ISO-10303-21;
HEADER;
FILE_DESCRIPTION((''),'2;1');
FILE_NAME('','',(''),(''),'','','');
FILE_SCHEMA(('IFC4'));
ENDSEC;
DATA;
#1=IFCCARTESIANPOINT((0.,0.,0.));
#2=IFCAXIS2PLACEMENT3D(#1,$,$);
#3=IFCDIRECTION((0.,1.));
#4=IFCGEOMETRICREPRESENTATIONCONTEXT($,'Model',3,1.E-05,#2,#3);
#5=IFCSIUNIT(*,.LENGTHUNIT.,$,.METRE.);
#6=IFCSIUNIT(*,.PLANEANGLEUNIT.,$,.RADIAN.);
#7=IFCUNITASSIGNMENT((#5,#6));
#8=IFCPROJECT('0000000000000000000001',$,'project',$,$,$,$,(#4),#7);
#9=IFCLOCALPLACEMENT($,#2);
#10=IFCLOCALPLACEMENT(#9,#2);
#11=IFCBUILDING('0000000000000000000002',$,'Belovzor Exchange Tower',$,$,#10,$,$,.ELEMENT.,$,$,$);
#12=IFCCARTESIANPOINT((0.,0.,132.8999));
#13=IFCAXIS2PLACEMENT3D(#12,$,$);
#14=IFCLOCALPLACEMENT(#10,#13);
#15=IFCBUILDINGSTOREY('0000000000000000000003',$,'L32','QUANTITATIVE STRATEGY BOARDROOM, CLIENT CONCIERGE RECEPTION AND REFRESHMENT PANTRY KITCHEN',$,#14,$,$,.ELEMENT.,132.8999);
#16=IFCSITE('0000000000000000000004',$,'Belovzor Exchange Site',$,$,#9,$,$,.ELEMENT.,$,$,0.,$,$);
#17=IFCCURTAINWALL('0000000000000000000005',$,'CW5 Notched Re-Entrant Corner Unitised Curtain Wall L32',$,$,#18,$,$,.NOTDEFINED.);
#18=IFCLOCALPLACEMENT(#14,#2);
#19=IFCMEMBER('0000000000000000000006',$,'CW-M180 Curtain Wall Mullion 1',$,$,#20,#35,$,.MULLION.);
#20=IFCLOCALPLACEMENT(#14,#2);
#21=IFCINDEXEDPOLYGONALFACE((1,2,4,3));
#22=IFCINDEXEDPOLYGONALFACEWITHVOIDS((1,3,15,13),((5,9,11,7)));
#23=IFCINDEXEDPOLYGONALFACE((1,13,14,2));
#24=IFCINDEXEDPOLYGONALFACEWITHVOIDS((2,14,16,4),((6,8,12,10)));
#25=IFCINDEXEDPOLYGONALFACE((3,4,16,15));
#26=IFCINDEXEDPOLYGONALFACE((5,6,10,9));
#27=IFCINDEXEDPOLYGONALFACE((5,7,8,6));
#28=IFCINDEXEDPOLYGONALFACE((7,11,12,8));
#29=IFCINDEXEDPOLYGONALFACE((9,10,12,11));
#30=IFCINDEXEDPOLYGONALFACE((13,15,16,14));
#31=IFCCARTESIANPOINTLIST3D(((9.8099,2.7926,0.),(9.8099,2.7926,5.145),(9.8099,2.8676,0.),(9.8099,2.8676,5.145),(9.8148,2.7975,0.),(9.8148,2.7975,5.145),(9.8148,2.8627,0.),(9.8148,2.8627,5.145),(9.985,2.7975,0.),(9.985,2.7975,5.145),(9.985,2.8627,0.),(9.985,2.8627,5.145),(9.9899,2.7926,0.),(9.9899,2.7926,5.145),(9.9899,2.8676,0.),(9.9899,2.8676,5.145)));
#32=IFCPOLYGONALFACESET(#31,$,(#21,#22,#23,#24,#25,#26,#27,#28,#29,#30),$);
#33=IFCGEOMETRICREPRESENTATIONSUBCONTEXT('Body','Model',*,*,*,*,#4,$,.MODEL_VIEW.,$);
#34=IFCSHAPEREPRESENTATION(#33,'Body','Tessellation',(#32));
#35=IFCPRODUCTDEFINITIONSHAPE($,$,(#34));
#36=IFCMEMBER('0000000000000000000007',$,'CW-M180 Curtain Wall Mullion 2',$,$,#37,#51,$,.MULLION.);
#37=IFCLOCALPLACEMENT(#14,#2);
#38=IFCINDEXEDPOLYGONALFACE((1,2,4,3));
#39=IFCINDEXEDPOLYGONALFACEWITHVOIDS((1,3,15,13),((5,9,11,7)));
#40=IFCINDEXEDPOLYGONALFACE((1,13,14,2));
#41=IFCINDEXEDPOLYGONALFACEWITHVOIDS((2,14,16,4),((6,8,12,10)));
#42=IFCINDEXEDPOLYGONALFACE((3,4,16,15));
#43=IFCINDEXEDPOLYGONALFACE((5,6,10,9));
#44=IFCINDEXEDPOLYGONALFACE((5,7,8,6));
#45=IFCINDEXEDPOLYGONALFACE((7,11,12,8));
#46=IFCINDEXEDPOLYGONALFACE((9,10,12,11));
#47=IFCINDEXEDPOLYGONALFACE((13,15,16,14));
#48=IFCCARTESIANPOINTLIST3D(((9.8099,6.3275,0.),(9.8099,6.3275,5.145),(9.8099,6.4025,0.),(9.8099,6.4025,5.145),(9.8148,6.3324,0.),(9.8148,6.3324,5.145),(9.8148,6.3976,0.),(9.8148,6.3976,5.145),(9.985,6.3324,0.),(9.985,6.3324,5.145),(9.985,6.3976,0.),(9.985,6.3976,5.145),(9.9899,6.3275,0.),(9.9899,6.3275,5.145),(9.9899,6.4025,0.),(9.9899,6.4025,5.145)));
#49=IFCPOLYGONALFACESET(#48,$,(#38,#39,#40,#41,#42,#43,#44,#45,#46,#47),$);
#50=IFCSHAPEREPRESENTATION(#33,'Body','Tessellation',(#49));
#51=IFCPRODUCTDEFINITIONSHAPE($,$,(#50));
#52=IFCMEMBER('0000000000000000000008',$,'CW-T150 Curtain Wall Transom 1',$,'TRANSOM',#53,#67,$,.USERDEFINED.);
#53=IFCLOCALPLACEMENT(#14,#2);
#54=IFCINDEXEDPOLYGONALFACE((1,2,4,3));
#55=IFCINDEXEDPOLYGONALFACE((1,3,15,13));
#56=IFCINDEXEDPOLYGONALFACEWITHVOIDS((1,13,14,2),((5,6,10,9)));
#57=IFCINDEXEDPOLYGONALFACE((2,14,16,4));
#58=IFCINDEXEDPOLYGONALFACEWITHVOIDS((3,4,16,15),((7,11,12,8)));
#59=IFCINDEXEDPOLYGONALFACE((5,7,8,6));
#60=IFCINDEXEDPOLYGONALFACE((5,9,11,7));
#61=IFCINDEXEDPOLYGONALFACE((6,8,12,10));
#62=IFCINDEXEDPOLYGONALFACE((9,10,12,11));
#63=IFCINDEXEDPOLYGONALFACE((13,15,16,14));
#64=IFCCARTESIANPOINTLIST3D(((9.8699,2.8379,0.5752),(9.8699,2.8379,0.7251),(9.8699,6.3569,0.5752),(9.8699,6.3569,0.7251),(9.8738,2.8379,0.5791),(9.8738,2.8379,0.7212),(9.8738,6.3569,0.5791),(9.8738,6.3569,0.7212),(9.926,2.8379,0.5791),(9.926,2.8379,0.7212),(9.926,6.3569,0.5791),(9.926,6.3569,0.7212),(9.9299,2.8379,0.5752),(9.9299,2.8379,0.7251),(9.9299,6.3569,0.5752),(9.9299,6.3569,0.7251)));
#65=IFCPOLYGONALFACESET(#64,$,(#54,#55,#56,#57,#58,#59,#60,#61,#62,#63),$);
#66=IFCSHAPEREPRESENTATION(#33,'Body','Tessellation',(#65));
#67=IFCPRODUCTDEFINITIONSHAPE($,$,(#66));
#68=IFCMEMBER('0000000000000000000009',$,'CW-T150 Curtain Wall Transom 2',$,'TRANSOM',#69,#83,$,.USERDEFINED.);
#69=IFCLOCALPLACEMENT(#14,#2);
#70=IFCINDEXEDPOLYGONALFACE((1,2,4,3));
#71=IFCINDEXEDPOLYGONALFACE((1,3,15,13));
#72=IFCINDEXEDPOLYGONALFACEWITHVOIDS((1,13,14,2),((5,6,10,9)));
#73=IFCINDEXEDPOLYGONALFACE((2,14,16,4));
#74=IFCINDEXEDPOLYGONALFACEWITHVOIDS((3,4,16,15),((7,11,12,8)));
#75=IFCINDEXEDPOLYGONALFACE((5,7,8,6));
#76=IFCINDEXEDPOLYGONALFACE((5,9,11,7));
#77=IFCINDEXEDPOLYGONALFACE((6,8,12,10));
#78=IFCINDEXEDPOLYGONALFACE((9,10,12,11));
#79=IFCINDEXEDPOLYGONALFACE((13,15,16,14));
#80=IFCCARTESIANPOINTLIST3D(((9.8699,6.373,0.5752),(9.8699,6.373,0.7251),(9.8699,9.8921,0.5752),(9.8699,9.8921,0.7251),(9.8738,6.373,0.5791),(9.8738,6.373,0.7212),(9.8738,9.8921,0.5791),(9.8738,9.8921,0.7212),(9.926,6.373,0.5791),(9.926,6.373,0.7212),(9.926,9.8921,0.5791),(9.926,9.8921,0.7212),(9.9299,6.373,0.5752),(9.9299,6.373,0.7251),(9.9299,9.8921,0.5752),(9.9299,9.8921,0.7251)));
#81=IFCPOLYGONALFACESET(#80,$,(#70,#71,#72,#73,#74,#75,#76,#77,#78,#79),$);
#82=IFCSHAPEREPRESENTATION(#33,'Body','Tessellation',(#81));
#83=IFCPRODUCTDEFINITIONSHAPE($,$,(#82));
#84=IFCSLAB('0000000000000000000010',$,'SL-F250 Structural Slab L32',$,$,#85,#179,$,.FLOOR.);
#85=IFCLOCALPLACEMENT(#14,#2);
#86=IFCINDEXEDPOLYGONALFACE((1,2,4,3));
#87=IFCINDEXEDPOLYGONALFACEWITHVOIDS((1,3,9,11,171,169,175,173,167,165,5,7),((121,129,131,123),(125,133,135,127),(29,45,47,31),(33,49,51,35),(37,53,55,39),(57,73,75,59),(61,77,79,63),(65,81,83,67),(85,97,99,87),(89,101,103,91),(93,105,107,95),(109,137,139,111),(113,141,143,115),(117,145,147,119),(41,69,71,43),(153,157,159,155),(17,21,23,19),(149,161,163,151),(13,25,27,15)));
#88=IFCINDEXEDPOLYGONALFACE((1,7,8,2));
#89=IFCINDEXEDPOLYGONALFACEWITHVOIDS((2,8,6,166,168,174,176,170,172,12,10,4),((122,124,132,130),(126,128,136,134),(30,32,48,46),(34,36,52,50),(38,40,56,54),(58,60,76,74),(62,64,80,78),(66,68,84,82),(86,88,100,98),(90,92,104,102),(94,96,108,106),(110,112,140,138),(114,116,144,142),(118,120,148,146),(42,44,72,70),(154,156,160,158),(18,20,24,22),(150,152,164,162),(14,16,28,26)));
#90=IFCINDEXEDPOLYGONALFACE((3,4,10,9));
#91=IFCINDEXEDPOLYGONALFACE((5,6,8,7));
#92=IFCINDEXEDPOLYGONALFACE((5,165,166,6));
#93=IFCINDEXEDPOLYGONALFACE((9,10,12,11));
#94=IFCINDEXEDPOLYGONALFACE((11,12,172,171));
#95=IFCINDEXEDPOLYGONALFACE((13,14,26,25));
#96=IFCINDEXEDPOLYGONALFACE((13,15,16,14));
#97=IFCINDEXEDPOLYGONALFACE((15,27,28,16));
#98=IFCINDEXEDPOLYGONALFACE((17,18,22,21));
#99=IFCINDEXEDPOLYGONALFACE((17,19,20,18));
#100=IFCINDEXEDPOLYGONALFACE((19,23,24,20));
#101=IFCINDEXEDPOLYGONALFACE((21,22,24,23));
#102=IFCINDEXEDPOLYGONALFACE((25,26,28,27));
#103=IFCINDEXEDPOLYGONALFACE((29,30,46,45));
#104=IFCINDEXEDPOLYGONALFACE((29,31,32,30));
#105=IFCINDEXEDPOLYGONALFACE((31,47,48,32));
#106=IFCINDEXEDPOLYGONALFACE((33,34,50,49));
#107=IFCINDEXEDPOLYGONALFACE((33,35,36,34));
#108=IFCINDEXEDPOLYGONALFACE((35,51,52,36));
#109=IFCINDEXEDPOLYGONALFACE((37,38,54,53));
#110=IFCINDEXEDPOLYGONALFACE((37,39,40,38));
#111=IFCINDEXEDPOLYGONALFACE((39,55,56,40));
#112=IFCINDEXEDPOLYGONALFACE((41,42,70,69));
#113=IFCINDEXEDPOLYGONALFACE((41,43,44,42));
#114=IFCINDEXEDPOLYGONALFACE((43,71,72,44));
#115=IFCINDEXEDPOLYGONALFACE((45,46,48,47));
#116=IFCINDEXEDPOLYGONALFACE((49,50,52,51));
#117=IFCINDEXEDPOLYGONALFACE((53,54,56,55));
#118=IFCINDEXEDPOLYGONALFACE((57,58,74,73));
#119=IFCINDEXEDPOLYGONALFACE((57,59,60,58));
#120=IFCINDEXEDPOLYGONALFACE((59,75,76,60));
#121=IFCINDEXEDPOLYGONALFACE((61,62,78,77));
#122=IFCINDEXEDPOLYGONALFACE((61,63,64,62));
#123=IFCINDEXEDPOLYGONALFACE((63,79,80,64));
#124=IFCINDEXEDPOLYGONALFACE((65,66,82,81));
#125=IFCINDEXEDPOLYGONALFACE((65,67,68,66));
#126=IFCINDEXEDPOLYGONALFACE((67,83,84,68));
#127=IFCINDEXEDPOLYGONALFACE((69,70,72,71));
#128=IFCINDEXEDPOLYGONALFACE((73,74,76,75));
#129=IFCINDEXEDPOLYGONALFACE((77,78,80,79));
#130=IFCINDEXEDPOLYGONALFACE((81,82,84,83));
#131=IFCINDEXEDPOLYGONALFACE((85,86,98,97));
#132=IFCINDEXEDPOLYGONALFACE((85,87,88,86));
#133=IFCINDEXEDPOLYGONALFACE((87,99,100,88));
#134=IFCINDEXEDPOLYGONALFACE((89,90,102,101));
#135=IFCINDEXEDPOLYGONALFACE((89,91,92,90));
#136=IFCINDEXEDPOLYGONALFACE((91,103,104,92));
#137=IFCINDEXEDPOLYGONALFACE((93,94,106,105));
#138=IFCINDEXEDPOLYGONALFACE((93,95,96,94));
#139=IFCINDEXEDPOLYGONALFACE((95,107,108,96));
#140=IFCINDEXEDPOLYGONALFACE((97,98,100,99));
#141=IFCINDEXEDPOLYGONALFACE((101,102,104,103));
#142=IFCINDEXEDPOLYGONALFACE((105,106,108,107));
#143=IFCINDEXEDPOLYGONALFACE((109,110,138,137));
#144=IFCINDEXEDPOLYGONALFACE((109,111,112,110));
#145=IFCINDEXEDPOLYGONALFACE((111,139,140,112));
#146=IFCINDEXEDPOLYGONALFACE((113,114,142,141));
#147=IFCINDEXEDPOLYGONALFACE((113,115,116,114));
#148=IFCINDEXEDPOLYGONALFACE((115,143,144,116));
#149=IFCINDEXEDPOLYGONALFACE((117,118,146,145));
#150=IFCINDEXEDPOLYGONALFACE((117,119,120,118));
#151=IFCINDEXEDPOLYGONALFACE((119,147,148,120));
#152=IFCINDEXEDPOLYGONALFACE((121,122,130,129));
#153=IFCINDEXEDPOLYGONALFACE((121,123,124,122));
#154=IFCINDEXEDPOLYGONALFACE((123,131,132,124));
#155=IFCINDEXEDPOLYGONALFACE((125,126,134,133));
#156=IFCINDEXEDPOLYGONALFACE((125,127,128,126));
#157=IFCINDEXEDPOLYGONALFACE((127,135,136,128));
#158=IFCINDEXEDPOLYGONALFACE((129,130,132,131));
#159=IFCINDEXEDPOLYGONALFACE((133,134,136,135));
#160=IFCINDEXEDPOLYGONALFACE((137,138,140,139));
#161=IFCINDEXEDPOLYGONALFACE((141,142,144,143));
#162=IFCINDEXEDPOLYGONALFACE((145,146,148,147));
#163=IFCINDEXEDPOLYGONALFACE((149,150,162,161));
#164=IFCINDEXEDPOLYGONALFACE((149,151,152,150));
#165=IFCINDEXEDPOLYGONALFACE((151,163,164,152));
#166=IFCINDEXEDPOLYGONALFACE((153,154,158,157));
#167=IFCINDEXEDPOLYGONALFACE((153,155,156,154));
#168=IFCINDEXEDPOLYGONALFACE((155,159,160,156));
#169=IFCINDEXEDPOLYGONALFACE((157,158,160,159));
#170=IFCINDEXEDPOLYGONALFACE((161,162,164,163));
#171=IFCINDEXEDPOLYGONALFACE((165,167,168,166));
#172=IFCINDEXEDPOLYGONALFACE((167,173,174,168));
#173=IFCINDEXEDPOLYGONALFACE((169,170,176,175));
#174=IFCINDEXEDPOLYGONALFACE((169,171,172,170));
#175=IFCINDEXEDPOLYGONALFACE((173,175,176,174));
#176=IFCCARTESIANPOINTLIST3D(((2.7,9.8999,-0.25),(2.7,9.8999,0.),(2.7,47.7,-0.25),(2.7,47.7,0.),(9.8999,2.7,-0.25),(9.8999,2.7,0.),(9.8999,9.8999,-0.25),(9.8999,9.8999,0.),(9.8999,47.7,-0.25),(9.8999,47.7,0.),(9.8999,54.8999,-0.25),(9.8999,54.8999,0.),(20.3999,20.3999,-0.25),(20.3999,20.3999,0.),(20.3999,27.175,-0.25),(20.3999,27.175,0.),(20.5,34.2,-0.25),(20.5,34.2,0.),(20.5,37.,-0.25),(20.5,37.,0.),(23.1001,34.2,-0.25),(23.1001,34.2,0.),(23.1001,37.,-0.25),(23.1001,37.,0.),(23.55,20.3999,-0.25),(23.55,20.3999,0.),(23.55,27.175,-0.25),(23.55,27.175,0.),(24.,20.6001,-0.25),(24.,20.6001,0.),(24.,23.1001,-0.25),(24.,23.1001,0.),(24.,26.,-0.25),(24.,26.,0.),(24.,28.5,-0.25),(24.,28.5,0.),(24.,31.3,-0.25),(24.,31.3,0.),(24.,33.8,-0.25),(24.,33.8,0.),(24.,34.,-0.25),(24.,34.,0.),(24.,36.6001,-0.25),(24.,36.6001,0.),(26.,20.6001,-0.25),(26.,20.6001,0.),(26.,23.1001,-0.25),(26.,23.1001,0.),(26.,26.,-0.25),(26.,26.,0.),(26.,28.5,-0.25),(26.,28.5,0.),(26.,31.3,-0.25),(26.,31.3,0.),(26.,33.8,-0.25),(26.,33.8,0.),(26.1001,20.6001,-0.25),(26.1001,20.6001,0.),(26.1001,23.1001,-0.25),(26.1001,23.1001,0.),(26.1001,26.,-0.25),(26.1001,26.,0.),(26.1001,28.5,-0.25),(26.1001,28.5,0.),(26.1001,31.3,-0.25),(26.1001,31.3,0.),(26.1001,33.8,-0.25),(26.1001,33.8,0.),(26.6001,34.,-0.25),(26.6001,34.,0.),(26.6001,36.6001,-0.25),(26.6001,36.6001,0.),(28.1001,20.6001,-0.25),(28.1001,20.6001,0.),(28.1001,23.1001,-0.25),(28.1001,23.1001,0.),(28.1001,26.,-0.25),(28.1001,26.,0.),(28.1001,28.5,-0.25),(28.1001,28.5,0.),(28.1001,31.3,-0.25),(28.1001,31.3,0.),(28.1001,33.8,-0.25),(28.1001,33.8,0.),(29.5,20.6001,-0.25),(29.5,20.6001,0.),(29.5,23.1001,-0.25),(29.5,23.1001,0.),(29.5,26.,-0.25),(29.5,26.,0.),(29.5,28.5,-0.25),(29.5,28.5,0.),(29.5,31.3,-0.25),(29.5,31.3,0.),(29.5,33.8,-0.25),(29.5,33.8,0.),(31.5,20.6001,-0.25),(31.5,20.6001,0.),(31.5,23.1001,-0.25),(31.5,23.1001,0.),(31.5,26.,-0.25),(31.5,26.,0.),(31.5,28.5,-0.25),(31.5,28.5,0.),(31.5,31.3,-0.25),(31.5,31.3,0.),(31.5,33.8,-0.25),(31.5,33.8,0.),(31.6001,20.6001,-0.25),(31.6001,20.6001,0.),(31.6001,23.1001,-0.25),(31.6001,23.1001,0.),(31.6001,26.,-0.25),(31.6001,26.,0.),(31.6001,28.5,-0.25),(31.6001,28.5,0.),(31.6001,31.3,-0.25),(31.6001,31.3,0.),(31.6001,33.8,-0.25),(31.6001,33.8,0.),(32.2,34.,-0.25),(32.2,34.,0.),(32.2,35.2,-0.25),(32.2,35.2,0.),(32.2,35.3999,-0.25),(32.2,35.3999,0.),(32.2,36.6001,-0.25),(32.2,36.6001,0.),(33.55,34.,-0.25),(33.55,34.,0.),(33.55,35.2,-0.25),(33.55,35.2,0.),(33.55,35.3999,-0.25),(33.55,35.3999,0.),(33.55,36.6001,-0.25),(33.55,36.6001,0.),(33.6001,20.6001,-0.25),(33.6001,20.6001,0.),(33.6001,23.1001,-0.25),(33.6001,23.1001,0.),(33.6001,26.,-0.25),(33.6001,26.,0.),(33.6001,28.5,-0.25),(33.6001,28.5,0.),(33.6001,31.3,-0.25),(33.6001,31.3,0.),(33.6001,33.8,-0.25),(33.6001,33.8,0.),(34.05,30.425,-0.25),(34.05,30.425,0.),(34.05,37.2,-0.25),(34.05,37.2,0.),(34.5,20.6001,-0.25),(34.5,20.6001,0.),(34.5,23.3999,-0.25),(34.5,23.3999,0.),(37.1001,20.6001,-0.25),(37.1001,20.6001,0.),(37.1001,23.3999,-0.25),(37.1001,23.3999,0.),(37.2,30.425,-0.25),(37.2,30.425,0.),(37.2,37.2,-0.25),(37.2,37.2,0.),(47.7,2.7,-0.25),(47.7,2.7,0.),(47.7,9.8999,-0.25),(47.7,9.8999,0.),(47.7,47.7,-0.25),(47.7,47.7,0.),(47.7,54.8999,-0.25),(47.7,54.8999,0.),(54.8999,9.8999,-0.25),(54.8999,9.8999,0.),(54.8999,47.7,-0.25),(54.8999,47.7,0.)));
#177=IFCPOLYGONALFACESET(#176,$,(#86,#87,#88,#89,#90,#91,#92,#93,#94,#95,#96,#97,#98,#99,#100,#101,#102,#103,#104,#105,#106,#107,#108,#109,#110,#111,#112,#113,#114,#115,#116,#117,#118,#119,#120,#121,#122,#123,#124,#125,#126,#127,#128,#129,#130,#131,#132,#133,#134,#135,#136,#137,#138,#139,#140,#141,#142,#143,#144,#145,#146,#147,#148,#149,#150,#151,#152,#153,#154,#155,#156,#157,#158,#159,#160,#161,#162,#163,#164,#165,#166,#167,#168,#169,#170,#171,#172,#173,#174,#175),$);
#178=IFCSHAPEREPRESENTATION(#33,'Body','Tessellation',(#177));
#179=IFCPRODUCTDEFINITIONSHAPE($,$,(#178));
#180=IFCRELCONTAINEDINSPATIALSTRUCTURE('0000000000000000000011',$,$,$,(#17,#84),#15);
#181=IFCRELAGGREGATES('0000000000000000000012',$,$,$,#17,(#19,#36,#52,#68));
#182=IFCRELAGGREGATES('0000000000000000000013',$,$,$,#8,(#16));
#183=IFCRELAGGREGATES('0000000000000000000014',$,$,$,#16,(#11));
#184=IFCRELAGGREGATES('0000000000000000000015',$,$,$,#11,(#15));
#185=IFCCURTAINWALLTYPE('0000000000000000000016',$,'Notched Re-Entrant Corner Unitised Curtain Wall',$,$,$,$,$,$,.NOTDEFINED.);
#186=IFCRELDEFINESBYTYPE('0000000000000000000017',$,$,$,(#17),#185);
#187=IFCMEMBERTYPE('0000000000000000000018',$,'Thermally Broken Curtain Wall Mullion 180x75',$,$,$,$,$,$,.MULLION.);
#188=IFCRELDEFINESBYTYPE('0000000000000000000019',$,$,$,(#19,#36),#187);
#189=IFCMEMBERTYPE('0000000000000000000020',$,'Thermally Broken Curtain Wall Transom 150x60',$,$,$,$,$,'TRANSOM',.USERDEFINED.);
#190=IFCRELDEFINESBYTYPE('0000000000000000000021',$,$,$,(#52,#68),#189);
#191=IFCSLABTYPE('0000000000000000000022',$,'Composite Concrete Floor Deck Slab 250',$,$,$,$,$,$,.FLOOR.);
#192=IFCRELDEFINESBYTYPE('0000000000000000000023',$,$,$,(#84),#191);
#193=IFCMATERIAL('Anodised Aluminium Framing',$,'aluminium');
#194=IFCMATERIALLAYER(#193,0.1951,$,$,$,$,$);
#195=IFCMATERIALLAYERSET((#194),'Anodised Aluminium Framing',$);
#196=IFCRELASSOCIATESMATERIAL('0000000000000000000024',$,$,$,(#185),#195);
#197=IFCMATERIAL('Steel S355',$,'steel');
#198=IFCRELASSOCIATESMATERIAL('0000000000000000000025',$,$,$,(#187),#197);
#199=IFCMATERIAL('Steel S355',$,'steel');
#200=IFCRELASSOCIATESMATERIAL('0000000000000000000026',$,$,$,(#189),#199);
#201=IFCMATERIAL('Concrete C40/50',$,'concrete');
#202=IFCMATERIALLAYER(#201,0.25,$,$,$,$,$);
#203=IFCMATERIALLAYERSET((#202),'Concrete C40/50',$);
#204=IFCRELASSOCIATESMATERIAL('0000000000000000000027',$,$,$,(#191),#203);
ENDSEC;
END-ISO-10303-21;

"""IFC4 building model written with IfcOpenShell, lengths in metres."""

from ifc_helpers import new_model, si_unit, direction, frame, origin, origin_2d, place, context, subcontext, project, spatial, polyline, hollow_rectangle, outline, extrude, material, layer, layer_set, material_profile, profile_set, type_object, element, aggregate, save


model = new_model("IFC4")

# Units and contexts
model_context = context("Model", 3, precision=1e-05, world=origin(), true_north=direction((0.0, 1.0)))
body_context = subcontext(model_context, "Body", "Model", "MODEL_VIEW")
ifc_project = project(units=[si_unit("LENGTHUNIT", "METRE"), si_unit("PLANEANGLEUNIT", "RADIAN")], contexts=[model_context])

# Site, building, storey
site_placement = place(None, origin())
site = spatial("IfcSite", under=ifc_project, at=site_placement, Name="Belovzor Exchange Site", CompositionType="ELEMENT", RefElevation=0.0)
building_placement = place(site_placement, origin())
building = spatial("IfcBuilding", under=site, at=building_placement, Name="Belovzor Exchange Tower", CompositionType="ELEMENT")
storey_placement = place(building_placement, frame((0.0, 0.0, 132.8999)))
storey = spatial("IfcBuildingStorey", under=building, at=storey_placement, Name="L32", Description="QUANTITATIVE STRATEGY BOARDROOM, CLIENT CONCIERGE RECEPTION AND REFRESHMENT PANTRY KITCHEN", CompositionType="ELEMENT", Elevation=132.8999)

# Curtain wall, members
ifc_material_1 = material(Name="Anodised Aluminium Framing", Category="aluminium")
ifc_layer_1 = layer(ifc_material_1, 0.1951)
ifc_layer_set_1 = layer_set([ifc_layer_1], Name="Anodised Aluminium Framing")
curtain_wall_type = type_object("IfcCurtainWallType", Name="Notched Re-Entrant Corner Unitised Curtain Wall", PredefinedType="NOTDEFINED", material=ifc_layer_set_1)
curtain_wall_placement = place(storey_placement, origin())
curtain_wall = element("IfcCurtainWall", 1, at=curtain_wall_placement, inside=storey, type_object=curtain_wall_type, Name="CW5 Notched Re-Entrant Corner Unitised Curtain Wall L32", PredefinedType="NOTDEFINED")
ifc_material_2 = material(Name="Steel S355", Category="steel")
ifc_material_profile_1 = material_profile(ifc_material_2, hollow_rectangle(XDim=0.075, YDim=0.1799, WallThickness=0.0049, at=origin_2d()))
ifc_profile_set_1 = profile_set([ifc_material_profile_1], Name="Steel S355")
member_type_1 = type_object("IfcMemberType", Name="Thermally Broken Curtain Wall Mullion 180x75", PredefinedType="MULLION", material=ifc_profile_set_1)
member_1_placement = place(storey_placement, frame((9.8999, 2.8301, 0.0), z_axis=(0.0, 0.0, 1.0), x_axis=(0.0, 1.0, 0.0)))
member_1 = element("IfcMember", 2, at=member_1_placement, type_object=member_type_1, Name="CW-M180 Curtain Wall Mullion 1", PredefinedType="MULLION", context=body_context, shape_type="SweptSolid", body=[
    extrude(hollow_rectangle(XDim=0.075, YDim=0.1799, WallThickness=0.0049, at=origin_2d()), origin(), (0.0, 0.0, 1.0), 5.145),
])
member_2_placement = place(storey_placement, frame((9.8999, 6.365, 0.0), z_axis=(0.0, 0.0, 1.0), x_axis=(0.0, 1.0, 0.0)))
member_2 = element("IfcMember", 3, at=member_2_placement, type_object=member_type_1, Name="CW-M180 Curtain Wall Mullion 2", PredefinedType="MULLION", context=body_context, shape_type="SweptSolid", body=[
    extrude(hollow_rectangle(XDim=0.075, YDim=0.1799, WallThickness=0.0049, at=origin_2d()), origin(), (0.0, 0.0, 1.0), 5.145),
])
ifc_material_3 = material(Name="Steel S355", Category="steel")
ifc_material_profile_2 = material_profile(ifc_material_3, hollow_rectangle(XDim=0.0601, YDim=0.1499, WallThickness=0.0039, at=origin_2d()))
ifc_profile_set_2 = profile_set([ifc_material_profile_2], Name="Steel S355")
member_type_2 = type_object("IfcMemberType", Name="Thermally Broken Curtain Wall Transom 150x60", ElementType="TRANSOM", PredefinedType="USERDEFINED", material=ifc_profile_set_2)
member_3_placement = place(storey_placement, frame((9.8999, 2.8379, 0.6501), z_axis=(0.0, 1.0, 0.0), x_axis=(-1.0, 0.0, 0.0)))
member_3 = element("IfcMember", 4, at=member_3_placement, type_object=member_type_2, Name="CW-T150 Curtain Wall Transom 1", ObjectType="TRANSOM", PredefinedType="USERDEFINED", context=body_context, shape_type="SweptSolid", body=[
    extrude(hollow_rectangle(XDim=0.0601, YDim=0.1499, WallThickness=0.0039, at=origin_2d()), origin(), (0.0, 0.0, 1.0), 3.519),
])
member_4_placement = place(storey_placement, frame((9.8999, 6.373, 0.6501), z_axis=(0.0, 1.0, 0.0), x_axis=(-1.0, 0.0, 0.0)))
member_4 = element("IfcMember", 5, at=member_4_placement, type_object=member_type_2, Name="CW-T150 Curtain Wall Transom 2", ObjectType="TRANSOM", PredefinedType="USERDEFINED", context=body_context, shape_type="SweptSolid", body=[
    extrude(hollow_rectangle(XDim=0.0601, YDim=0.1499, WallThickness=0.0039, at=origin_2d()), origin(), (0.0, 0.0, 1.0), 3.519),
])

# Slab
ifc_material_4 = material(Name="Concrete C40/50", Category="concrete")
ifc_layer_2 = layer(ifc_material_4, 0.25)
ifc_layer_set_2 = layer_set([ifc_layer_2], Name="Concrete C40/50")
slab_type_1 = type_object("IfcSlabType", Name="Composite Concrete Floor Deck Slab 250", PredefinedType="FLOOR", material=ifc_layer_set_2)
slab_1_placement = place(storey_placement, frame((0.0, 0.0, -0.25)))
element("IfcSlab", 6, at=slab_1_placement, inside=storey, type_object=slab_type_1, Name="SL-F250 Structural Slab L32", PredefinedType="FLOOR", context=body_context, shape_type="SweptSolid", body=[
    extrude(outline(polyline([(9.8999, 2.7), (47.7, 2.7), (47.7, 9.8999), (54.8999, 9.8999), (54.8999, 47.7), (47.7, 47.7), (47.7, 54.8999), (9.8999, 54.8999), (9.8999, 47.7), (2.7, 47.7), (2.7, 9.8999), (9.8999, 9.8999), (9.8999, 2.7)]), holes=[polyline([(20.3999, 27.175), (20.3999, 20.3999), (23.55, 20.3999), (23.55, 27.175), (20.3999, 27.175)]), polyline([(37.2, 30.425), (37.2, 37.2), (34.05, 37.2), (34.05, 30.425), (37.2, 30.425)]), polyline([(20.5, 34.2), (23.1001, 34.2), (23.1001, 37.0), (20.5, 37.0), (20.5, 34.2)]), polyline([(34.5, 20.6001), (37.1001, 20.6001), (37.1001, 23.3999), (34.5, 23.3999), (34.5, 20.6001)]), polyline([(24.0, 34.0), (26.6001, 34.0), (26.6001, 36.6001), (24.0, 36.6001), (24.0, 34.0)]), polyline([(24.0, 20.6001), (26.0, 20.6001), (26.0, 23.1001), (24.0, 23.1001), (24.0, 20.6001)]), polyline([(26.1001, 20.6001), (28.1001, 20.6001), (28.1001, 23.1001), (26.1001, 23.1001), (26.1001, 20.6001)]), polyline([(29.5, 20.6001), (31.5, 20.6001), (31.5, 23.1001), (29.5, 23.1001), (29.5, 20.6001)]), polyline([(31.6001, 20.6001), (33.6001, 20.6001), (33.6001, 23.1001), (31.6001, 23.1001), (31.6001, 20.6001)]), polyline([(24.0, 26.0), (26.0, 26.0), (26.0, 28.5), (24.0, 28.5), (24.0, 26.0)]), polyline([(26.1001, 26.0), (28.1001, 26.0), (28.1001, 28.5), (26.1001, 28.5), (26.1001, 26.0)]), polyline([(29.5, 26.0), (31.5, 26.0), (31.5, 28.5), (29.5, 28.5), (29.5, 26.0)]), polyline([(31.6001, 26.0), (33.6001, 26.0), (33.6001, 28.5), (31.6001, 28.5), (31.6001, 26.0)]), polyline([(24.0, 31.3), (26.0, 31.3), (26.0, 33.8), (24.0, 33.8), (24.0, 31.3)]), polyline([(26.1001, 31.3), (28.1001, 31.3), (28.1001, 33.8), (26.1001, 33.8), (26.1001, 31.3)]), polyline([(29.5, 31.3), (31.5, 31.3), (31.5, 33.8), (29.5, 33.8), (29.5, 31.3)]), polyline([(31.6001, 31.3), (33.6001, 31.3), (33.6001, 33.8), (31.6001, 33.8), (31.6001, 31.3)]), polyline([(32.2, 34.0), (33.55, 34.0), (33.55, 35.2), (32.2, 35.2), (32.2, 34.0)]), polyline([(32.2, 35.3999), (33.55, 35.3999), (33.55, 36.6001), (32.2, 36.6001), (32.2, 35.3999)])]), origin(), (0.0, 0.0, 1.0), 0.25),
])

aggregate(curtain_wall, [member_1, member_2, member_3, member_4])

save(model, "model.ifc")
